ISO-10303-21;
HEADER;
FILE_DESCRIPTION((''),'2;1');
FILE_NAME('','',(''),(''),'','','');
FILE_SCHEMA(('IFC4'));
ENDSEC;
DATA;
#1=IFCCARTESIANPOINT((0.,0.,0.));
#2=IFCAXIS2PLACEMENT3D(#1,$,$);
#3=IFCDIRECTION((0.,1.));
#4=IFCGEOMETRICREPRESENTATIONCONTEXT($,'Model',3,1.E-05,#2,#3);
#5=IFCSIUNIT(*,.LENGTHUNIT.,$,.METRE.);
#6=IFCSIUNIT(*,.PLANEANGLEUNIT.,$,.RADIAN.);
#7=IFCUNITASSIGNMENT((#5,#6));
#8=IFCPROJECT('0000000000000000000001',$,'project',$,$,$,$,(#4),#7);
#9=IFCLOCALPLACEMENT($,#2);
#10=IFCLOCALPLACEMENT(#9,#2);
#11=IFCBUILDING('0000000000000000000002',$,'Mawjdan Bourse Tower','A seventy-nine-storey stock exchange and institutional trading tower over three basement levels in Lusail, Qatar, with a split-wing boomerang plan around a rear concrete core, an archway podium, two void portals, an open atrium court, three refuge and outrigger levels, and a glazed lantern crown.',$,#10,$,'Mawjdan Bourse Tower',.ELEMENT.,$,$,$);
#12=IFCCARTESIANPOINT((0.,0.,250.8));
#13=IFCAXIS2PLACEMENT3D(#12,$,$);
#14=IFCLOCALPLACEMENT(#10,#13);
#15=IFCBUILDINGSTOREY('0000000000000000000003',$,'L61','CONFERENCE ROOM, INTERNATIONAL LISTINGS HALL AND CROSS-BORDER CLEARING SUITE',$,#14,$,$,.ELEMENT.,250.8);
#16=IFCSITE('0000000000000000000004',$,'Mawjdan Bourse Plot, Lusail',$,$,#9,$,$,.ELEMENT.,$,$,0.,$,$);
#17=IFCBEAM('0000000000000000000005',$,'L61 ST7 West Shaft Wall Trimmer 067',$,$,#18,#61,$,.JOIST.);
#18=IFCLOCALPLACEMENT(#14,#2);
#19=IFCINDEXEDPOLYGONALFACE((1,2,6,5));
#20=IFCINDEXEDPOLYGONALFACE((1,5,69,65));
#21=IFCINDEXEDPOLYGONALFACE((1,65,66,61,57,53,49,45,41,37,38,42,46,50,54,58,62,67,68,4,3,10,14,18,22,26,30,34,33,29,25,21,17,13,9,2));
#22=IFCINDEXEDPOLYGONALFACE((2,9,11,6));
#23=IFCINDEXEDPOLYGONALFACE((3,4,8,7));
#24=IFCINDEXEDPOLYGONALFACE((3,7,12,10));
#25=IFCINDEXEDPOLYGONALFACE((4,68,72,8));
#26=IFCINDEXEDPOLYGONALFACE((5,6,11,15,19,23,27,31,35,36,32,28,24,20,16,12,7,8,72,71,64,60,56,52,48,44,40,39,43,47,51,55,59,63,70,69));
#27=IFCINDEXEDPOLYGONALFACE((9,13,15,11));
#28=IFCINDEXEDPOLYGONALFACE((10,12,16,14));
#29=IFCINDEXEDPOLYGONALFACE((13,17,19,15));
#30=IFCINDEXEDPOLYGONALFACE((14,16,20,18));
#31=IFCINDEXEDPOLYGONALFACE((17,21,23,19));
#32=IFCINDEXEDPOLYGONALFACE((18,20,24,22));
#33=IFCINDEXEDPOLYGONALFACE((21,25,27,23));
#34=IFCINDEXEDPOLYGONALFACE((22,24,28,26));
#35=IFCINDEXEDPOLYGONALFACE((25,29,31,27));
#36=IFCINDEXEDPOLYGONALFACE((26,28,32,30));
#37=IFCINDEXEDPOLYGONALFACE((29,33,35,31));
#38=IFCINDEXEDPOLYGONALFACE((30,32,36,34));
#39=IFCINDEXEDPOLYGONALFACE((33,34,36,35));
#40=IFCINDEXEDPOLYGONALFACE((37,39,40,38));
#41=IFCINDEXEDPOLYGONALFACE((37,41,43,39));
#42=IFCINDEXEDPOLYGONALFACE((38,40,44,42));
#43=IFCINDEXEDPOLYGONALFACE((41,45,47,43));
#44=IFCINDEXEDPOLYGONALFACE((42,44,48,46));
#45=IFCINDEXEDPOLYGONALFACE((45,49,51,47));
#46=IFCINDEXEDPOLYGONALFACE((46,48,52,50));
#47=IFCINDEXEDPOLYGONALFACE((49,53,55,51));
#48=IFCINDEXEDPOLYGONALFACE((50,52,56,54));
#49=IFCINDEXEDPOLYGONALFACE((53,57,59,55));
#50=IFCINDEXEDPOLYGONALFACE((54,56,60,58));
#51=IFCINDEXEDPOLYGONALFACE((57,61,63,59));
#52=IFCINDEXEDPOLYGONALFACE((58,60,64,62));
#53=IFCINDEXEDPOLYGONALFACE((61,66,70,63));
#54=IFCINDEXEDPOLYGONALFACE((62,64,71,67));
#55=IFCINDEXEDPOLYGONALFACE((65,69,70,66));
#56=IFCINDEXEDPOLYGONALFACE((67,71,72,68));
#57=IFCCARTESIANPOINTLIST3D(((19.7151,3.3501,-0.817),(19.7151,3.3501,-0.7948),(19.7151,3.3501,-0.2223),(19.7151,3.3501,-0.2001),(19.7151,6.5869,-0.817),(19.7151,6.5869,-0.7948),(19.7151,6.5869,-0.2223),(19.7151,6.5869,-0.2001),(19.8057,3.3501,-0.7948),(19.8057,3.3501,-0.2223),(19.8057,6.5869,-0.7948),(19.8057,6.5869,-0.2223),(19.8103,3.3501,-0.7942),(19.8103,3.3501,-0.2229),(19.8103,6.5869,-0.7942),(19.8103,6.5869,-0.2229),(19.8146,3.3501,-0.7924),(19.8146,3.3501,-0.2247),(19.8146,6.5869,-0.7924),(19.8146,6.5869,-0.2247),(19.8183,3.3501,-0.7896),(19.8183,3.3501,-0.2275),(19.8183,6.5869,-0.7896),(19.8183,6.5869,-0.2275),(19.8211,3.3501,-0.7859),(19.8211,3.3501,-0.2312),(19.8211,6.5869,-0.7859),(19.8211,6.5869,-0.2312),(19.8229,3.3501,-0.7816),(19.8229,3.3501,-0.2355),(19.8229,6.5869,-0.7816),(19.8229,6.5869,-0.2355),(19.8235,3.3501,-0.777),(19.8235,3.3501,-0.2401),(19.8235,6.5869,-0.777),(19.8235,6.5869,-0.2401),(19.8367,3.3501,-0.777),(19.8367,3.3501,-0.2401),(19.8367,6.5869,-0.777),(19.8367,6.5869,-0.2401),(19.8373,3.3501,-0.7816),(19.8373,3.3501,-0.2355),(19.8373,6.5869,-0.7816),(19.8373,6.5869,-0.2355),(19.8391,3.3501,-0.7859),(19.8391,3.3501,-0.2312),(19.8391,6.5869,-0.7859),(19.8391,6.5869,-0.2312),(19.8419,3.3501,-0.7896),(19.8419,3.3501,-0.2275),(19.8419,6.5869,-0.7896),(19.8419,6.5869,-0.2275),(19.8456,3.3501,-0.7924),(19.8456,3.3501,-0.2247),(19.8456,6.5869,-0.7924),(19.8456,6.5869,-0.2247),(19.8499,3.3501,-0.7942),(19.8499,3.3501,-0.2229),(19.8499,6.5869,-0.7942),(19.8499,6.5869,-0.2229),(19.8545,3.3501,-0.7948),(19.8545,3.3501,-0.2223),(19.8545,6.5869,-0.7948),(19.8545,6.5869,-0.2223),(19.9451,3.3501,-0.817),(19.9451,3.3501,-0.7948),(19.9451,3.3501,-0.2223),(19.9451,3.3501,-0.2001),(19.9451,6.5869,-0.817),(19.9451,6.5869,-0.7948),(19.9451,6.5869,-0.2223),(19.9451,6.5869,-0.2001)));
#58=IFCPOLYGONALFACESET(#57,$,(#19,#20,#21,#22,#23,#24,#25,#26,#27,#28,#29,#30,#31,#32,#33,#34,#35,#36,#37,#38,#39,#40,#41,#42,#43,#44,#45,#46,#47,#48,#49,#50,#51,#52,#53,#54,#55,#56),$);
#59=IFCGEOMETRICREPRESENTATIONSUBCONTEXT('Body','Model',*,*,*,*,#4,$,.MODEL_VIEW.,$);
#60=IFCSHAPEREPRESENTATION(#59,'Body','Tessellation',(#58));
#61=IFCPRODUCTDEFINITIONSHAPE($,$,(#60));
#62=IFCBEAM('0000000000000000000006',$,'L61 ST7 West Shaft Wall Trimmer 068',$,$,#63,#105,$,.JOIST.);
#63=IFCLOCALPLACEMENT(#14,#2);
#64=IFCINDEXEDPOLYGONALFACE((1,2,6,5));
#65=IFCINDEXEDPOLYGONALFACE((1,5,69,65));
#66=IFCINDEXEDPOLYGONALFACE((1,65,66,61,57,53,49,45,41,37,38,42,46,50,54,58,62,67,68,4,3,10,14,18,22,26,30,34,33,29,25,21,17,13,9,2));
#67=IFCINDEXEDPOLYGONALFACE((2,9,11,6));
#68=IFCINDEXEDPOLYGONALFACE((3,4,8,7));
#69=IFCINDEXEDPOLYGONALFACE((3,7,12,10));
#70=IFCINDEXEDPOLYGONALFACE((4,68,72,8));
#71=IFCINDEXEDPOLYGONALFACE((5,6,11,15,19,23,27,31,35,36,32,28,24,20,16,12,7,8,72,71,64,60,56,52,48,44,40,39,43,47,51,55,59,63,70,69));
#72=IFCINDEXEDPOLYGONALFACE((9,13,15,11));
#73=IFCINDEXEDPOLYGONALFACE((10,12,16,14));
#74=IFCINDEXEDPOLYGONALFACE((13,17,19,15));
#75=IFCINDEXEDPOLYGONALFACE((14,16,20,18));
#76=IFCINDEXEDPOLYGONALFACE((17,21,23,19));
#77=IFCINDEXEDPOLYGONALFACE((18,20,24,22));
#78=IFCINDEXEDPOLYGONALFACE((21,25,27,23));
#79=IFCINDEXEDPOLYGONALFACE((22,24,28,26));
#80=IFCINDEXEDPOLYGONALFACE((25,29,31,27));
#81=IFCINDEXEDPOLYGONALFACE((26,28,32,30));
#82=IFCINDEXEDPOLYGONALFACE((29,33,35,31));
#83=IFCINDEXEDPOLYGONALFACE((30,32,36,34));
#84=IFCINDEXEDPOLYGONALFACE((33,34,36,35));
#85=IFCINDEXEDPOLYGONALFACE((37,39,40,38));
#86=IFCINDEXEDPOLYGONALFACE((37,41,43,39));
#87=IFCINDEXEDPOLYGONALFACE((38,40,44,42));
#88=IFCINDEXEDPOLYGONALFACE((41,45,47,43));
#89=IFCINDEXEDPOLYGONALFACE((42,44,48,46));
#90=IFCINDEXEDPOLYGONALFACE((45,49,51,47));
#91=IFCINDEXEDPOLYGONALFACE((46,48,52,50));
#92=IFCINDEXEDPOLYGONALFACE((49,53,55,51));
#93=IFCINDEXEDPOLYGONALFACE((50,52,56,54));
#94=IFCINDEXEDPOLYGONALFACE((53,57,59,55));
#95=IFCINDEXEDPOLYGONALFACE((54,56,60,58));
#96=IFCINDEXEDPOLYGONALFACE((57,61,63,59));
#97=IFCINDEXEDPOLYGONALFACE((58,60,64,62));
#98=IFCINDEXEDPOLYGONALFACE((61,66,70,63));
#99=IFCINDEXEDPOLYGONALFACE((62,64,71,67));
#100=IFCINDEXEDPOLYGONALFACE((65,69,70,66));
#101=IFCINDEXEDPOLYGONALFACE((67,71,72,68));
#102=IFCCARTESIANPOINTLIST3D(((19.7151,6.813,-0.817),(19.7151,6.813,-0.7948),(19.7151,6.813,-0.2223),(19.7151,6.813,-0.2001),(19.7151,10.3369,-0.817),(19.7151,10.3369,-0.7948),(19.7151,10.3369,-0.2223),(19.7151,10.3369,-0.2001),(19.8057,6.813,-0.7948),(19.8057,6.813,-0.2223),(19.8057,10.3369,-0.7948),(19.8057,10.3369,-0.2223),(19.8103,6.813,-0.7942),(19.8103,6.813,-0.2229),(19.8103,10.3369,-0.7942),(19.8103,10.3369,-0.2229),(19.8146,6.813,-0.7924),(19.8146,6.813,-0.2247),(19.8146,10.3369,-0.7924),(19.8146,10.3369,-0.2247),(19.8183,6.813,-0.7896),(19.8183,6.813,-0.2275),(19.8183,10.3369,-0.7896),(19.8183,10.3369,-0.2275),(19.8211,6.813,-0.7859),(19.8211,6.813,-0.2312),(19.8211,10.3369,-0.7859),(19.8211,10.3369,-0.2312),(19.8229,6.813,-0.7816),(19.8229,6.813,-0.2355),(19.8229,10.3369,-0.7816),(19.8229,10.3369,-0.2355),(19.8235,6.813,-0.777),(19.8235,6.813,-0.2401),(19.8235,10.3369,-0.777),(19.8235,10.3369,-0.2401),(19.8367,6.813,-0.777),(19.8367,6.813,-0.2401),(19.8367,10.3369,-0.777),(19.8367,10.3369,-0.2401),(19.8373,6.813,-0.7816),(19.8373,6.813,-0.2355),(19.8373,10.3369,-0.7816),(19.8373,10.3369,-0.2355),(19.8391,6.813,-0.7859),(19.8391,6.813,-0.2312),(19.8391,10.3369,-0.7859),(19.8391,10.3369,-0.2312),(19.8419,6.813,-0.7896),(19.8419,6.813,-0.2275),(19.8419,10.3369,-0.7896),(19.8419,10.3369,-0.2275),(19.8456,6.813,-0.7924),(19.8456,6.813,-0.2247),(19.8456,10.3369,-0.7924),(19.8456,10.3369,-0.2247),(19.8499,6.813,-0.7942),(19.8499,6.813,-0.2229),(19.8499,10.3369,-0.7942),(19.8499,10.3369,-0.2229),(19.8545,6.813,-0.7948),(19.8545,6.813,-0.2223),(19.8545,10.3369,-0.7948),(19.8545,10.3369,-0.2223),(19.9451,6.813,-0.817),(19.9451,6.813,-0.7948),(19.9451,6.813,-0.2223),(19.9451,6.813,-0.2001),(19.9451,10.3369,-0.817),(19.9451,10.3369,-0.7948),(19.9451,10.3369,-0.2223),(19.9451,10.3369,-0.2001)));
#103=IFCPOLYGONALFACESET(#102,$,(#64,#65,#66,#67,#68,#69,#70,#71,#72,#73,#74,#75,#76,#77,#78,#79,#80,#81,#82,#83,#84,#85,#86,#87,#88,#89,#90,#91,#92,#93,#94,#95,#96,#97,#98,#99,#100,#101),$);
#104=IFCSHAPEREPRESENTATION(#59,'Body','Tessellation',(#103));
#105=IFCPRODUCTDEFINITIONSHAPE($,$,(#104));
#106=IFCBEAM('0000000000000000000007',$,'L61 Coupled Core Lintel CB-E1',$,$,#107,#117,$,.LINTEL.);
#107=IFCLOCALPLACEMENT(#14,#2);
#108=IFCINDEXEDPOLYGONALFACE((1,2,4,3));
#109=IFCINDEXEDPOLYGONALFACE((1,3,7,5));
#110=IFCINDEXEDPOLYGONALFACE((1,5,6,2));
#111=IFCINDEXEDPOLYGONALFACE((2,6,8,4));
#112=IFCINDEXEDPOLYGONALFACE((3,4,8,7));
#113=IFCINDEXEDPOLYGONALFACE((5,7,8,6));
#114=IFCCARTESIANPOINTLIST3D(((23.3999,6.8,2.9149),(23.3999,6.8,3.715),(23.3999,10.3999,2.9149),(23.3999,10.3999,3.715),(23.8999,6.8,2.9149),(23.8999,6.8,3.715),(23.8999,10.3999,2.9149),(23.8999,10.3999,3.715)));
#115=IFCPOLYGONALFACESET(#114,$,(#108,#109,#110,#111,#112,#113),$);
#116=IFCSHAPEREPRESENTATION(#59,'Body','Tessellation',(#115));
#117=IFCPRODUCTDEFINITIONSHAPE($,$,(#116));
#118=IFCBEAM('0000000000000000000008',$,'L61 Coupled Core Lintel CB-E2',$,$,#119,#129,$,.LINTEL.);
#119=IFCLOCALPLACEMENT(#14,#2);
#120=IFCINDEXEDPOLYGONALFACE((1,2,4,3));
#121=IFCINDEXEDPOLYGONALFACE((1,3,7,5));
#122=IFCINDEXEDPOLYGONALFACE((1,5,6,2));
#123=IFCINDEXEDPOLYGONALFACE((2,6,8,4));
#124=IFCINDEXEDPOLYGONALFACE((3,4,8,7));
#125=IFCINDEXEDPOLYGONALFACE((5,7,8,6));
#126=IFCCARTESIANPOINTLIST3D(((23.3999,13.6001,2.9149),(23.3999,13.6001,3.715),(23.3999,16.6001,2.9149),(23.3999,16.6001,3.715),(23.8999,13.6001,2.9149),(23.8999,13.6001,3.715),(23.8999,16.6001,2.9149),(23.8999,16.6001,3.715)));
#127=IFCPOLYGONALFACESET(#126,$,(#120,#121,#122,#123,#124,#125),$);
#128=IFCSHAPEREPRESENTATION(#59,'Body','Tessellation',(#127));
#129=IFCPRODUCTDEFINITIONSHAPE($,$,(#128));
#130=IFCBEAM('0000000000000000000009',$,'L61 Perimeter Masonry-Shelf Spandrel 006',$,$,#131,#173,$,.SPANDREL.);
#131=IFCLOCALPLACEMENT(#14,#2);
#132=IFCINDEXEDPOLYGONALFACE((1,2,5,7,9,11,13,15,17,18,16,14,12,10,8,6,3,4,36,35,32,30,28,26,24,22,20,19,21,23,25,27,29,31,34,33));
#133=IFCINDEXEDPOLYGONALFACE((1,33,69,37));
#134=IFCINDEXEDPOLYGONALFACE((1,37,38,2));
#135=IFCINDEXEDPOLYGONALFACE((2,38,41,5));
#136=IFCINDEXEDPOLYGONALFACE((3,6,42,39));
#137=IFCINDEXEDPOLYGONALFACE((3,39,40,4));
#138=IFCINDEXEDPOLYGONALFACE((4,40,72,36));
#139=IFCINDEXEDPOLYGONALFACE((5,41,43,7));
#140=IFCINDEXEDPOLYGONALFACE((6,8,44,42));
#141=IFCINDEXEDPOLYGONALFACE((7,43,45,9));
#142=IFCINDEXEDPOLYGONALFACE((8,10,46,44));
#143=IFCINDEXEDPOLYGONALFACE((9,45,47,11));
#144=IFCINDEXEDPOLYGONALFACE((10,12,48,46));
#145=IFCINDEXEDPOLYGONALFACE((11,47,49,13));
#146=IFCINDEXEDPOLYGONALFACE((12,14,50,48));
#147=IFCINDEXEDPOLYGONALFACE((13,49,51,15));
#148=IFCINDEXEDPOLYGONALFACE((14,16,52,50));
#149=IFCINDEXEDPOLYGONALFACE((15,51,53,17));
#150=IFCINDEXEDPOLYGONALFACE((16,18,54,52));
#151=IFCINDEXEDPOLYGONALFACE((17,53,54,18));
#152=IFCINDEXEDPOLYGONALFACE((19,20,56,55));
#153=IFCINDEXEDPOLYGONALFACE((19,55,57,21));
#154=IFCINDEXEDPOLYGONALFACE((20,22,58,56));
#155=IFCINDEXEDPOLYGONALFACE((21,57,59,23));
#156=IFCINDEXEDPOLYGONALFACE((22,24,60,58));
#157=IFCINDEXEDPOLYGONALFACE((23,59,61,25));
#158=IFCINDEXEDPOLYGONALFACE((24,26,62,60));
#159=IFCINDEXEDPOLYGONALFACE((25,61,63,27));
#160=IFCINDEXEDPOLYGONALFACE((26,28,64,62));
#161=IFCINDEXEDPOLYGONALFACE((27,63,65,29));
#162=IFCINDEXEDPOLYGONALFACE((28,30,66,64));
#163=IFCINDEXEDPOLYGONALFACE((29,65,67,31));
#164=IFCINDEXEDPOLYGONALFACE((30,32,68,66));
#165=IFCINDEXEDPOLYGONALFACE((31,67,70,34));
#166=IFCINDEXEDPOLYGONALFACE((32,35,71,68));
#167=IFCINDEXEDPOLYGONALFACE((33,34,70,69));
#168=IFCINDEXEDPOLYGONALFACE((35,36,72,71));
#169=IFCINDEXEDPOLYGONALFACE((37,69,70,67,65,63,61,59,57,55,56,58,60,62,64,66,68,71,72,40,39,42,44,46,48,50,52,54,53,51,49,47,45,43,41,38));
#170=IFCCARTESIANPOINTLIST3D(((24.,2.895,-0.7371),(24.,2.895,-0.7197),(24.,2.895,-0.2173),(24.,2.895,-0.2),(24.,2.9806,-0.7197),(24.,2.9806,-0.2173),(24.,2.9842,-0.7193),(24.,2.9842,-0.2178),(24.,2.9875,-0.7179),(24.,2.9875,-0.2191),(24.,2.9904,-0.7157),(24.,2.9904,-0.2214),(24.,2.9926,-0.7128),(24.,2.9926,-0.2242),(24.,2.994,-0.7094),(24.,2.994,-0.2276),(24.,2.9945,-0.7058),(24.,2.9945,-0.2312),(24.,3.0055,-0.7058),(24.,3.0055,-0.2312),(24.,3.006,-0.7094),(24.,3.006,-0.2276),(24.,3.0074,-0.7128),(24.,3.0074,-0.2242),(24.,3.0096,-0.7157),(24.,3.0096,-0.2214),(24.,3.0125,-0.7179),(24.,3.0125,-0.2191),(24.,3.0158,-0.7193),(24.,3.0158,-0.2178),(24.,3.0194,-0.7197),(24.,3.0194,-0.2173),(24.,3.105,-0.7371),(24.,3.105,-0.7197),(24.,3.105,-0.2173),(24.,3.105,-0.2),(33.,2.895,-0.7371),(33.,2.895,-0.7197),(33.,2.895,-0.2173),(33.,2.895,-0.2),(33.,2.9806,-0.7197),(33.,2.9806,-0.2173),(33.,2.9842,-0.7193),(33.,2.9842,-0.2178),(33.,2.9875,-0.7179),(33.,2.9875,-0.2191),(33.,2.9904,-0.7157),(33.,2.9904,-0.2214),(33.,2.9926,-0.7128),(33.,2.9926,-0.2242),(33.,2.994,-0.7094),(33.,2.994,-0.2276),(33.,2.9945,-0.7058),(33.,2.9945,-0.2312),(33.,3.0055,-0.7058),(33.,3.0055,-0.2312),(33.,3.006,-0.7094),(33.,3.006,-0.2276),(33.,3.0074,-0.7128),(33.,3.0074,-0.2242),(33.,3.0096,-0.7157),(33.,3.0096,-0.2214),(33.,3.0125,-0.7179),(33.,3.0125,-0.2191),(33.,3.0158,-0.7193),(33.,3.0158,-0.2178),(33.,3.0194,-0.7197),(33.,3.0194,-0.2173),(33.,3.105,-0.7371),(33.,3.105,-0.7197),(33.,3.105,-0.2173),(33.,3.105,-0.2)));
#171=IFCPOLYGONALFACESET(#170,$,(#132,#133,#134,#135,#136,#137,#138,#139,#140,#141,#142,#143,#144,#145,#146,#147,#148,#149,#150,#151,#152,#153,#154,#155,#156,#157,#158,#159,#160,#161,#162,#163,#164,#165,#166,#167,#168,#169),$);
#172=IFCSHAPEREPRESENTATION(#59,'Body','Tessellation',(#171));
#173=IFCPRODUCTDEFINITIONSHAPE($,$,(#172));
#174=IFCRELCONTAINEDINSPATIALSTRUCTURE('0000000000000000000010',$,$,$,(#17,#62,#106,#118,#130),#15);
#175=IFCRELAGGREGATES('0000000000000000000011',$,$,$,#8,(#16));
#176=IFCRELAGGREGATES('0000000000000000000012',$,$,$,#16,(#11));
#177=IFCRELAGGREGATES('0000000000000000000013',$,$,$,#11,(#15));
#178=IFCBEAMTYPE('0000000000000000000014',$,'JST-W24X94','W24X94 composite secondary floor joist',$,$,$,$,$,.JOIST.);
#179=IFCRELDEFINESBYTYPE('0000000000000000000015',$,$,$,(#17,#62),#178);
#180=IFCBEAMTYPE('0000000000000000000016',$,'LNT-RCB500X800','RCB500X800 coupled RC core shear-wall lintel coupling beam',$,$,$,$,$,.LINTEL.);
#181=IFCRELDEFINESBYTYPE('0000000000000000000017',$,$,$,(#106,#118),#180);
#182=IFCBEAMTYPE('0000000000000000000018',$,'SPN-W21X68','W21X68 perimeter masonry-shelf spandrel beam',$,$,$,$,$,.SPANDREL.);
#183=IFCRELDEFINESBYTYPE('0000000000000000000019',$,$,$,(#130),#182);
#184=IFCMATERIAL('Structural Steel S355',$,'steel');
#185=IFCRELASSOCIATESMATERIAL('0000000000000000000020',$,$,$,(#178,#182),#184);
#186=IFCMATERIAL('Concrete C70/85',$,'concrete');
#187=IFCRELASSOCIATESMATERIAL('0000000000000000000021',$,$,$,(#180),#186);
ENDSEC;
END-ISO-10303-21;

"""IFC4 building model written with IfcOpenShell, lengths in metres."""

from ifc_helpers import new_model, si_unit, direction, frame, origin, origin_2d, place, context, subcontext, project, spatial, rectangle, i_section, extrude, material, material_profile, profile_set, type_object, element, save


model = new_model("IFC4")

# Units and contexts
model_context = context("Model", 3, precision=1e-05, world=origin(), true_north=direction((0.0, 1.0)))
body_context = subcontext(model_context, "Body", "Model", "MODEL_VIEW")
ifc_project = project(units=[si_unit("LENGTHUNIT", "METRE"), si_unit("PLANEANGLEUNIT", "RADIAN")], contexts=[model_context])

# Site, building, storey
site_placement = place(None, origin())
site = spatial("IfcSite", under=ifc_project, at=site_placement, Name="Mawjdan Bourse Plot, Lusail", CompositionType="ELEMENT", RefElevation=0.0)
building_placement = place(site_placement, origin())
building = spatial("IfcBuilding", under=site, at=building_placement, Name="Mawjdan Bourse Tower", Description="A seventy-nine-storey stock exchange and institutional trading tower over three basement levels in Lusail, Qatar, with a split-wing boomerang plan around a rear concrete core, an archway podium, two void portals, an open atrium court, three refuge and outrigger levels, and a glazed lantern crown.", LongName="Mawjdan Bourse Tower", CompositionType="ELEMENT")
storey_placement = place(building_placement, frame((0.0, 0.0, 250.8)))
storey = spatial("IfcBuildingStorey", under=building, at=storey_placement, Name="L61", Description="CONFERENCE ROOM, INTERNATIONAL LISTINGS HALL AND CROSS-BORDER CLEARING SUITE", CompositionType="ELEMENT", Elevation=250.8)

# Beams
ifc_material_1 = material(Name="Structural Steel S355", Category="steel")
ifc_material_profile_1 = material_profile(ifc_material_1, i_section(OverallWidth=0.23, OverallDepth=0.6169, WebThickness=0.0132, FlangeThickness=0.0222, FilletRadius=0.0178, at=origin_2d()), Name="W24X94")
ifc_profile_set_1 = profile_set([ifc_material_profile_1], Name="Structural Steel S355")
beam_type_1 = type_object("IfcBeamType", Name="JST-W24X94", Description="W24X94 composite secondary floor joist", PredefinedType="JOIST", material=ifc_profile_set_1)
beam_1_placement = place(storey_placement, frame((19.8301, 3.3501, -0.5085), z_axis=(0.0, 1.0, 0.0), x_axis=(-1.0, 0.0, 0.0)))
element("IfcBeam", 1, at=beam_1_placement, inside=storey, type_object=beam_type_1, Name="L61 ST7 West Shaft Wall Trimmer 067", PredefinedType="JOIST", context=body_context, shape_type="SweptSolid", body=[
    extrude(i_section(OverallWidth=0.23, OverallDepth=0.6169, WebThickness=0.0132, FlangeThickness=0.0222, FilletRadius=0.0178, at=origin_2d()), origin(), (0.0, 0.0, 1.0), 3.2368),
])
beam_2_placement = place(storey_placement, frame((19.8301, 6.813, -0.5085), z_axis=(0.0, 1.0, 0.0), x_axis=(-1.0, 0.0, 0.0)))
element("IfcBeam", 2, at=beam_2_placement, inside=storey, type_object=beam_type_1, Name="L61 ST7 West Shaft Wall Trimmer 068", PredefinedType="JOIST", context=body_context, shape_type="SweptSolid", body=[
    extrude(i_section(OverallWidth=0.23, OverallDepth=0.6169, WebThickness=0.0132, FlangeThickness=0.0222, FilletRadius=0.0178, at=origin_2d()), origin(), (0.0, 0.0, 1.0), 3.5239),
])
ifc_material_2 = material(Name="Concrete C70/85", Category="concrete")
ifc_material_profile_2 = material_profile(ifc_material_2, rectangle(XDim=0.5, YDim=0.8, at=origin_2d()), Name="RCB500X800")
ifc_profile_set_2 = profile_set([ifc_material_profile_2], Name="Concrete C70/85")
beam_type_2 = type_object("IfcBeamType", Name="LNT-RCB500X800", Description="RCB500X800 coupled RC core shear-wall lintel coupling beam", PredefinedType="LINTEL", material=ifc_profile_set_2)
beam_3_placement = place(storey_placement, frame((23.6499, 6.8, 3.3149), z_axis=(0.0, 1.0, 0.0), x_axis=(-1.0, 0.0, 0.0)))
element("IfcBeam", 3, at=beam_3_placement, inside=storey, type_object=beam_type_2, Name="L61 Coupled Core Lintel CB-E1", PredefinedType="LINTEL", context=body_context, shape_type="SweptSolid", body=[
    extrude(rectangle(XDim=0.5, YDim=0.8, at=origin_2d()), origin(), (0.0, 0.0, 1.0), 3.5999),
])
beam_4_placement = place(storey_placement, frame((23.6499, 13.6001, 3.3149), z_axis=(0.0, 1.0, 0.0), x_axis=(-1.0, 0.0, 0.0)))
element("IfcBeam", 4, at=beam_4_placement, inside=storey, type_object=beam_type_2, Name="L61 Coupled Core Lintel CB-E2", PredefinedType="LINTEL", context=body_context, shape_type="SweptSolid", body=[
    extrude(rectangle(XDim=0.5, YDim=0.8, at=origin_2d()), origin(), (0.0, 0.0, 1.0), 3.0),
])
ifc_material_profile_3 = material_profile(ifc_material_1, i_section(OverallWidth=0.21, OverallDepth=0.5371, WebThickness=0.011, FlangeThickness=0.0173, FilletRadius=0.0139, at=origin_2d()), Name="W21X68")
ifc_profile_set_3 = profile_set([ifc_material_profile_3], Name="Structural Steel S355")
beam_type_3 = type_object("IfcBeamType", Name="SPN-W21X68", Description="W21X68 perimeter masonry-shelf spandrel beam", PredefinedType="SPANDREL", material=ifc_profile_set_3)
beam_5_placement = place(storey_placement, frame((24.0, 3.0, -0.4685), z_axis=(1.0, 0.0, 0.0), x_axis=(0.0, 1.0, 0.0)))
element("IfcBeam", 5, at=beam_5_placement, inside=storey, type_object=beam_type_3, Name="L61 Perimeter Masonry-Shelf Spandrel 006", PredefinedType="SPANDREL", context=body_context, shape_type="SweptSolid", body=[
    extrude(i_section(OverallWidth=0.21, OverallDepth=0.5371, WebThickness=0.011, FlangeThickness=0.0173, FilletRadius=0.0139, at=origin_2d()), origin(), (0.0, 0.0, 1.0), 9.0),
])

save(model, "model.ifc")
